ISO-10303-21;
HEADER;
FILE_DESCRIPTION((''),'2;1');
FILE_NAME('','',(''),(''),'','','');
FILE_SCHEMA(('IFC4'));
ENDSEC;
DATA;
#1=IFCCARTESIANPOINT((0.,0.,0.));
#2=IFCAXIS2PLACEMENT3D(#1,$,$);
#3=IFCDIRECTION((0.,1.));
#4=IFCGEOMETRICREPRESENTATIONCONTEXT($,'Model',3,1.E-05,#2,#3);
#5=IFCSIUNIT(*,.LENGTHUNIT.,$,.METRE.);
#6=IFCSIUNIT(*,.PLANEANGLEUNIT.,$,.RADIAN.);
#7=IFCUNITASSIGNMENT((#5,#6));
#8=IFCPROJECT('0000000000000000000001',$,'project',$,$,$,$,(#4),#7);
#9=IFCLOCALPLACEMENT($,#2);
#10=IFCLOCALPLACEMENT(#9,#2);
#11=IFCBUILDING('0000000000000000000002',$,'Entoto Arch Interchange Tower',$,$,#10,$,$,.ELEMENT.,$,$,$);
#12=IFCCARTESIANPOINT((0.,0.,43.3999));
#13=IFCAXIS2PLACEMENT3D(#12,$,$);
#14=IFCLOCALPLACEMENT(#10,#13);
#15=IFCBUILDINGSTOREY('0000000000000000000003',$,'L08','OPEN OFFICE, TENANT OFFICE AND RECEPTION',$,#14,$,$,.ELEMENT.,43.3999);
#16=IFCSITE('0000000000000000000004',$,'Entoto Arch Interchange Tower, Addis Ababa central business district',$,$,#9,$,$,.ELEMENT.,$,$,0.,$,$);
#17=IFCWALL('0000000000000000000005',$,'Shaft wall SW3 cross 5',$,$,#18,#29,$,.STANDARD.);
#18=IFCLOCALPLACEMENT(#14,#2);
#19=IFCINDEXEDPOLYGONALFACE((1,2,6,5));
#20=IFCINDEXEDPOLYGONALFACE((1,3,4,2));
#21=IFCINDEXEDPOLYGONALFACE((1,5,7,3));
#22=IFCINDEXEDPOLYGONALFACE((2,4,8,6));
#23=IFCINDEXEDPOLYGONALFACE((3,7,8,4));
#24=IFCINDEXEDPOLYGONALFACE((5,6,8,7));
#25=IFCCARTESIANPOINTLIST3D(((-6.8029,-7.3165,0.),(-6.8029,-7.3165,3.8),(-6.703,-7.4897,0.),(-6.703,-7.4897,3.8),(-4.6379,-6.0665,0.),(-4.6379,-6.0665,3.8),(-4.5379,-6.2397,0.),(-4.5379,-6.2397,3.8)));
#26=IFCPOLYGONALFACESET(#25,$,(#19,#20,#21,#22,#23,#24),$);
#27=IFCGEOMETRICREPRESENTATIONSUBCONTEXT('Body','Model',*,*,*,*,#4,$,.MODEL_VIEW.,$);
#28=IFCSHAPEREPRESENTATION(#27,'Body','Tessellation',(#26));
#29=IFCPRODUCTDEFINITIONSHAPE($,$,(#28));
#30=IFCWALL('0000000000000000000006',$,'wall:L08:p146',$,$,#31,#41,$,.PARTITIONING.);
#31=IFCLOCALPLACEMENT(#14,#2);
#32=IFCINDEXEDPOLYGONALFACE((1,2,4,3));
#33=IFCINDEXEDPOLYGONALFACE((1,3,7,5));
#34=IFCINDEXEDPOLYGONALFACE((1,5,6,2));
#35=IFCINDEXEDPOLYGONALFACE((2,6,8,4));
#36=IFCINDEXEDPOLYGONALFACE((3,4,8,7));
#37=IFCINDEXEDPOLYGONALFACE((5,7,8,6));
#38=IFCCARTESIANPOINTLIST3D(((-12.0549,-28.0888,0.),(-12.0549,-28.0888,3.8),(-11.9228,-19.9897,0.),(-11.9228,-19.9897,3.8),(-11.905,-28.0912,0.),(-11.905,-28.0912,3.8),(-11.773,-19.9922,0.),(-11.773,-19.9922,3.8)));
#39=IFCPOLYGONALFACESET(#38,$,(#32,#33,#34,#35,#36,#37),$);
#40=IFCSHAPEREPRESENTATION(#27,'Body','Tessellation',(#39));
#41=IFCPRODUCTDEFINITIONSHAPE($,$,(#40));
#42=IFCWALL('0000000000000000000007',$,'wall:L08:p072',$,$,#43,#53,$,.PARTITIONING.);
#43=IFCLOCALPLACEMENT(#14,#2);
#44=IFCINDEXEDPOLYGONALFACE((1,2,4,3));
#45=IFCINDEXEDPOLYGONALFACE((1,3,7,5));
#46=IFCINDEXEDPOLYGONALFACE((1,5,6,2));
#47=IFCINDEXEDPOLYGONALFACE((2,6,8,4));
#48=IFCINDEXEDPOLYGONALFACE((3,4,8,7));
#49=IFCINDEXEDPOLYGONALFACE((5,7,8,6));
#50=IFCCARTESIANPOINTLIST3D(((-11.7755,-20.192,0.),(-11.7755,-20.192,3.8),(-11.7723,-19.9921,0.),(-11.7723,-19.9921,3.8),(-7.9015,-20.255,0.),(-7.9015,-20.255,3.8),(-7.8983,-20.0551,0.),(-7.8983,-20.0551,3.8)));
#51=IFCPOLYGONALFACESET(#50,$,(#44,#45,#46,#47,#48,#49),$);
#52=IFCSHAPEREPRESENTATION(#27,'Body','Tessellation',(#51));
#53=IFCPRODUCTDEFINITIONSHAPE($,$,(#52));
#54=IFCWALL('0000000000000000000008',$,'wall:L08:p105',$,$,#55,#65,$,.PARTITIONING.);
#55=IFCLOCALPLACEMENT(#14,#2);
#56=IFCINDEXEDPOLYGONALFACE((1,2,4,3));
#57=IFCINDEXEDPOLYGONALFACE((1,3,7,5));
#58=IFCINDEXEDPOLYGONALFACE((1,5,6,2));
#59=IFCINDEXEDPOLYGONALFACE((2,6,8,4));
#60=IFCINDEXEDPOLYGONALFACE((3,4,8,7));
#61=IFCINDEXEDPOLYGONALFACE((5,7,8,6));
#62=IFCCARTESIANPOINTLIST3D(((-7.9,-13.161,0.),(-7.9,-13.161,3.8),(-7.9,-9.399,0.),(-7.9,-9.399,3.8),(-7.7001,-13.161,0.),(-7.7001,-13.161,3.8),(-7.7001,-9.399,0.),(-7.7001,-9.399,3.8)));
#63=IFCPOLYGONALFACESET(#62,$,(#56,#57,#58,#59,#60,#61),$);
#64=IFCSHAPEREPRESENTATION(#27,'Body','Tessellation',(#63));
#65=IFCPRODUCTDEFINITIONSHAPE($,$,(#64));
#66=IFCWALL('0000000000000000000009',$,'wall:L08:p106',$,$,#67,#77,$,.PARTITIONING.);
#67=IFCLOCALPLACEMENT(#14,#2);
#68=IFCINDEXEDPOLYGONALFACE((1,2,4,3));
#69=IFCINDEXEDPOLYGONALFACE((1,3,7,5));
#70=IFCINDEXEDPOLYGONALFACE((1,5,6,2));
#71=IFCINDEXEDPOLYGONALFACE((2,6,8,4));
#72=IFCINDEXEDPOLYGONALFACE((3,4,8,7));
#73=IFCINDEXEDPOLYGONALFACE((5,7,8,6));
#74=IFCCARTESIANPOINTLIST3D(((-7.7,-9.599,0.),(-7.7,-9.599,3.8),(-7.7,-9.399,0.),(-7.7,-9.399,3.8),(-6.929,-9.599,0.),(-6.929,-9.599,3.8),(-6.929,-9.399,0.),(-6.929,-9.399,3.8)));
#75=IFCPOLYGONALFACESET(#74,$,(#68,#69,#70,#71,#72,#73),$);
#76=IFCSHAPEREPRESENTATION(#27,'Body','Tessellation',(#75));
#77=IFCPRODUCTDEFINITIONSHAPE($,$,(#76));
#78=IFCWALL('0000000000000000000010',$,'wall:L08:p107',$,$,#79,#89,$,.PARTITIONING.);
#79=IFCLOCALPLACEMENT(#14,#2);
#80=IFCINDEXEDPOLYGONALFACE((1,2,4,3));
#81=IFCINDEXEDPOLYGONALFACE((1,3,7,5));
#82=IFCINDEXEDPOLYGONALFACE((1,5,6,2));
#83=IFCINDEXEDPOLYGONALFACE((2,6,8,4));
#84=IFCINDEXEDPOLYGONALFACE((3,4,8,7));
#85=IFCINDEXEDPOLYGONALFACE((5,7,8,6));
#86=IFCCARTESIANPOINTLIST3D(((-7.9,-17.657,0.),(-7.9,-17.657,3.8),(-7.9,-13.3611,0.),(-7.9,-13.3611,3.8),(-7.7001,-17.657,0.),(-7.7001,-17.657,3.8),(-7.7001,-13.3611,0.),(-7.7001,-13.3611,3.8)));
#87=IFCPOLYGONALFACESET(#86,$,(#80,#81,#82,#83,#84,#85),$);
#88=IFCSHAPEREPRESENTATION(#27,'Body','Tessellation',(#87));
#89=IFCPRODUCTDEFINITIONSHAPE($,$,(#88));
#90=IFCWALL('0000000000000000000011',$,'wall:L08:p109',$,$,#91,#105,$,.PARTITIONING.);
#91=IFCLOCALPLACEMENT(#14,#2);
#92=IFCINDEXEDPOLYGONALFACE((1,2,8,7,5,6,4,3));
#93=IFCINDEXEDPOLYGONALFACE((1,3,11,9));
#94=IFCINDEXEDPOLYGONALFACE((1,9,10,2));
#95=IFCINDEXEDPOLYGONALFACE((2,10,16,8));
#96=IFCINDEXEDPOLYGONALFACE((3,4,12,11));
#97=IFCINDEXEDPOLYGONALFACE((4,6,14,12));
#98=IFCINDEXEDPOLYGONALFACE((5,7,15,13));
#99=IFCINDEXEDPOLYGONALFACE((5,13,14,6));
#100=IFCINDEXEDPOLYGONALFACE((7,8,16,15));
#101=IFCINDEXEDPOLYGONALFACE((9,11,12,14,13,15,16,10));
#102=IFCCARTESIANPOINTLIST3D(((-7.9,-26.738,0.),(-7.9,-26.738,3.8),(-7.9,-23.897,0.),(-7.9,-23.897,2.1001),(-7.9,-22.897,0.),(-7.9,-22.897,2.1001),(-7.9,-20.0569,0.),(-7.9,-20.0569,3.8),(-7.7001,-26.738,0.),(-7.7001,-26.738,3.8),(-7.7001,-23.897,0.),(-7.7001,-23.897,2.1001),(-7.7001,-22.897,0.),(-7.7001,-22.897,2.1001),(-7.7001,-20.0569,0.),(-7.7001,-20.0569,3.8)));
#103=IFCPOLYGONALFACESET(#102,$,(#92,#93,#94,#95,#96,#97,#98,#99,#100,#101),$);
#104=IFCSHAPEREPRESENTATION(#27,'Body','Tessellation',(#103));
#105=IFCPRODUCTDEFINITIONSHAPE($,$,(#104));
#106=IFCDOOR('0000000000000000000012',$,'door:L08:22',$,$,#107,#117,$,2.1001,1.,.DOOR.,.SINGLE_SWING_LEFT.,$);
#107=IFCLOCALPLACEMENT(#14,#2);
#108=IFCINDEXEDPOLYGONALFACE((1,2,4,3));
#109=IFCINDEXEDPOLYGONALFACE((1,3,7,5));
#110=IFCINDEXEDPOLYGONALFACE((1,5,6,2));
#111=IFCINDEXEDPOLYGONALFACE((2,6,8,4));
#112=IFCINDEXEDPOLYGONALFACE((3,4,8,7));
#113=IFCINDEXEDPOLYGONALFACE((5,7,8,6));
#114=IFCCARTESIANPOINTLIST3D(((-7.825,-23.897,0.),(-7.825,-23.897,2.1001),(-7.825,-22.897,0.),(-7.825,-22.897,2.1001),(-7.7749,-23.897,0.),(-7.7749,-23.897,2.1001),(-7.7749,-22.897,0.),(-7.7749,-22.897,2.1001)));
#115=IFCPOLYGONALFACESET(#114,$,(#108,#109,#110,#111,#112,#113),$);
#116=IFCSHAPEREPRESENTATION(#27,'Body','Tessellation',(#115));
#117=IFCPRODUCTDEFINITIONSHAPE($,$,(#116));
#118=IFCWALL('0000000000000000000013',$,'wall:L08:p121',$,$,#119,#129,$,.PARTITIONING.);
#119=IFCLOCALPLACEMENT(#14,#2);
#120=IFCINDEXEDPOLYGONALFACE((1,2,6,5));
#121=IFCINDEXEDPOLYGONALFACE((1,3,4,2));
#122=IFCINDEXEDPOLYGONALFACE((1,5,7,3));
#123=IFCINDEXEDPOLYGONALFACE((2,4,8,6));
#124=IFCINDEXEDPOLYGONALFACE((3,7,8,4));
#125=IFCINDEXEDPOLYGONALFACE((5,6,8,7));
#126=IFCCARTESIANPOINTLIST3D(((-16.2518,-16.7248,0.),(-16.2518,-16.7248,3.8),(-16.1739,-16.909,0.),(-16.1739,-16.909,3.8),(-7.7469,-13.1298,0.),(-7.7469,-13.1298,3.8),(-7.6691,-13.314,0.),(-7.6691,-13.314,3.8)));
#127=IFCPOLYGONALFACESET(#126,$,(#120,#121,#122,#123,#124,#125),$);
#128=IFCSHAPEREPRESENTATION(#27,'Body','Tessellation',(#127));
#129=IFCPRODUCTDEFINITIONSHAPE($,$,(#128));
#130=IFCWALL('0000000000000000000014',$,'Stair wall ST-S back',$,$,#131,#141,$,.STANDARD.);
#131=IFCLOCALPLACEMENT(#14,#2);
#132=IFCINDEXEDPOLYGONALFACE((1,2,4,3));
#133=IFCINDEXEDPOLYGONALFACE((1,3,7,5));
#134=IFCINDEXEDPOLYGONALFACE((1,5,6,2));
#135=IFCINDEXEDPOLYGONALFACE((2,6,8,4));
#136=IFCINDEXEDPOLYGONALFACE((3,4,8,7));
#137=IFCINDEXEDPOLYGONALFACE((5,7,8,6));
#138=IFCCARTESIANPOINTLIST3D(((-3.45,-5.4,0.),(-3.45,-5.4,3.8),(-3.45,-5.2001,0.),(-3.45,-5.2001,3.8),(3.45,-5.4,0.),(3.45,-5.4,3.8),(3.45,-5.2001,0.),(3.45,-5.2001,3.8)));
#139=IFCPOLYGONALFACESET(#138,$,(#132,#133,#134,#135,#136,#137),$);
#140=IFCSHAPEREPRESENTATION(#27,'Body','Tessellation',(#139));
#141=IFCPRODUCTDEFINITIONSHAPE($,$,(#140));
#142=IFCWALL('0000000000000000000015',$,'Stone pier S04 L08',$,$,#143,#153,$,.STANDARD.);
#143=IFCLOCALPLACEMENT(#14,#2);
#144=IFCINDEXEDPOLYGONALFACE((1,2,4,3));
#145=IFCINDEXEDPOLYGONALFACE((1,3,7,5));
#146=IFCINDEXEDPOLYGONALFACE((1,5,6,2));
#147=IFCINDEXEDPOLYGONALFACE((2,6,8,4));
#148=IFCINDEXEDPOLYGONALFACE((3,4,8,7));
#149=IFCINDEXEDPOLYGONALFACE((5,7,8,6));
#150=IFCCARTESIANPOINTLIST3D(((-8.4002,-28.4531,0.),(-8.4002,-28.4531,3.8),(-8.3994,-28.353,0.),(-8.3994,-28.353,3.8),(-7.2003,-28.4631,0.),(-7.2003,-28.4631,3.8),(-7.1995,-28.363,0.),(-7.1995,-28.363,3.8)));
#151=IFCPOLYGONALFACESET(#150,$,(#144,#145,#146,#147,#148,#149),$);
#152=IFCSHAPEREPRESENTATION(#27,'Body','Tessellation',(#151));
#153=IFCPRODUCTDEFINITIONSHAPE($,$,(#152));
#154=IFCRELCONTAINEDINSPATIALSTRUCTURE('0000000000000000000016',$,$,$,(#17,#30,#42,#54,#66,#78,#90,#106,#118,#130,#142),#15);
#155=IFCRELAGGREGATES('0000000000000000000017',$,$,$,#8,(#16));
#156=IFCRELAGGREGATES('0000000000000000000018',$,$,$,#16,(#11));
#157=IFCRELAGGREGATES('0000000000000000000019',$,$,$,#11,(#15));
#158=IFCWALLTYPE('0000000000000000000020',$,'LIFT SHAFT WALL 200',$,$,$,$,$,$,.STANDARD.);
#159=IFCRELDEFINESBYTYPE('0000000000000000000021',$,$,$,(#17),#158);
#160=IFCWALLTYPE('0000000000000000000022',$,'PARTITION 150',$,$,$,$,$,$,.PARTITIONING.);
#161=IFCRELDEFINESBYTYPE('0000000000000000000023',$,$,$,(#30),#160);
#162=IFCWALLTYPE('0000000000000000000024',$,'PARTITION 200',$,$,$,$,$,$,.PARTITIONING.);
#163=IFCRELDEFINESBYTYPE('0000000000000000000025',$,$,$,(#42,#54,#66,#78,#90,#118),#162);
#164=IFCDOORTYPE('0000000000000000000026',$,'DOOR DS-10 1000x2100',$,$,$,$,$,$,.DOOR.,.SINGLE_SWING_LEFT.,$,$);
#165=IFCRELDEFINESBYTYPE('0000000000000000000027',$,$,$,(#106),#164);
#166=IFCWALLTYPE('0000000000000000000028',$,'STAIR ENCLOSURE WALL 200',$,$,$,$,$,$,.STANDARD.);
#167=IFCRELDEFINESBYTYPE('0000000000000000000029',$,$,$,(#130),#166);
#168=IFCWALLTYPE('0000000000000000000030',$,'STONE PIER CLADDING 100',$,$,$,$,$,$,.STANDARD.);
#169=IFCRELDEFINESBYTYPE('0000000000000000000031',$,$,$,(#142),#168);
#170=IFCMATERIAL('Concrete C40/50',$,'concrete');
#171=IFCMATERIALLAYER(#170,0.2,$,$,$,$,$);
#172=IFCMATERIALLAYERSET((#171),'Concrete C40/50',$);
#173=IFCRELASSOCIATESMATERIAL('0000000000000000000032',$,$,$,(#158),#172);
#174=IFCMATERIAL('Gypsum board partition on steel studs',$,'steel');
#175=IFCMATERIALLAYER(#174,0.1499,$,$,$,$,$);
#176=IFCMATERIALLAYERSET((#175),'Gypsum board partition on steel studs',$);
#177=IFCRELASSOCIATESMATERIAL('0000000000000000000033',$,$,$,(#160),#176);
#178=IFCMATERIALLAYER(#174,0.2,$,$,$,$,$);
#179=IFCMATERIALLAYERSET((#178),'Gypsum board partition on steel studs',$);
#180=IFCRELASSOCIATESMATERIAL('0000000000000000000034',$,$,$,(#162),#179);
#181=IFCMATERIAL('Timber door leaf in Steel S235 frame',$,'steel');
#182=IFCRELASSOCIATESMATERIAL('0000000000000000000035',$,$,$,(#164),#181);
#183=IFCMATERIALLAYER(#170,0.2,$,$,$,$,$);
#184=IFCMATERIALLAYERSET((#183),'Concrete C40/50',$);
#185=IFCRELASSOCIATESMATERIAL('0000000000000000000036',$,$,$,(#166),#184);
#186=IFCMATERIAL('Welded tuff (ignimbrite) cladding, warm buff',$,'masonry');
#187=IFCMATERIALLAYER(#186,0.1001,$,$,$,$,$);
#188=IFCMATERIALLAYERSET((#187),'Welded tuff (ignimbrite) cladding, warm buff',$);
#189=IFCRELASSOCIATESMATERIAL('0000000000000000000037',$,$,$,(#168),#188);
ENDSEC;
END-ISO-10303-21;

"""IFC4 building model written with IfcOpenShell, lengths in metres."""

from ifc_helpers import new_model, si_unit, direction, frame, frame_2d, origin, place, context, subcontext, project, spatial, rectangle, extrude, material, layer, layer_set, type_object, element, fill, save


model = new_model("IFC4")

# Units and contexts
model_context = context("Model", 3, precision=1e-05, world=origin(), true_north=direction((0.0, 1.0)))
body_context = subcontext(model_context, "Body", "Model", "MODEL_VIEW")
ifc_project = project(units=[si_unit("LENGTHUNIT", "METRE"), si_unit("PLANEANGLEUNIT", "RADIAN")], contexts=[model_context])

# Site, building, storey
site_placement = place(None, origin())
site = spatial("IfcSite", under=ifc_project, at=site_placement, Name="Entoto Arch Interchange Tower, Addis Ababa central business district", CompositionType="ELEMENT", RefElevation=0.0)
building_placement = place(site_placement, origin())
building = spatial("IfcBuilding", under=site, at=building_placement, Name="Entoto Arch Interchange Tower", CompositionType="ELEMENT")
storey_placement = place(building_placement, frame((0.0, 0.0, 43.3999)))
storey = spatial("IfcBuildingStorey", under=building, at=storey_placement, Name="L08", Description="OPEN OFFICE, TENANT OFFICE AND RECEPTION", CompositionType="ELEMENT", Elevation=43.3999)

# Walls
ifc_material_1 = material(Name="Concrete C40/50", Category="concrete")
ifc_layer_1 = layer(ifc_material_1, 0.2)
ifc_layer_set_1 = layer_set([ifc_layer_1], Name="Concrete C40/50")
wall_type_1 = type_object("IfcWallType", Name="LIFT SHAFT WALL 200", PredefinedType="STANDARD", material=ifc_layer_set_1)
wall_1_placement = place(storey_placement, frame((-4.5879, -6.1531, 0.0), z_axis=(0.0, 0.0, 1.0), x_axis=(-0.866023, -0.500004, 0.0)))
element("IfcWall", 1, at=wall_1_placement, inside=storey, type_object=wall_type_1, Name="Shaft wall SW3 cross 5", PredefinedType="STANDARD", context=body_context, shape_type="SweptSolid", body=[
    extrude(rectangle(XDim=2.5, YDim=0.2, at=frame_2d((1.25, 0.0))), origin(), (0.0, 0.0, 1.0), 3.8),
])
ifc_material_2 = material(Name="Gypsum board partition on steel studs", Category="steel")
ifc_layer_2 = layer(ifc_material_2, 0.1499)
ifc_layer_set_2 = layer_set([ifc_layer_2], Name="Gypsum board partition on steel studs")
wall_type_2 = type_object("IfcWallType", Name="PARTITION 150", PredefinedType="PARTITIONING", material=ifc_layer_set_2)
wall_2_placement = place(storey_placement, frame((-11.8479, -19.991, 0.0), z_axis=(0.0, 0.0, 1.0), x_axis=(-0.016306, -0.999867, 0.0)))
element("IfcWall", 2, at=wall_2_placement, inside=storey, type_object=wall_type_2, Name="wall:L08:p146", PredefinedType="PARTITIONING", context=body_context, shape_type="SweptSolid", body=[
    extrude(rectangle(XDim=8.1001, YDim=0.1499, at=frame_2d((4.05, 0.0))), origin(), (0.0, 0.0, 1.0), 3.8),
])
ifc_layer_3 = layer(ifc_material_2, 0.2)
ifc_layer_set_3 = layer_set([ifc_layer_3], Name="Gypsum board partition on steel studs")
wall_type_3 = type_object("IfcWallType", Name="PARTITION 200", PredefinedType="PARTITIONING", material=ifc_layer_set_3)
wall_3_placement = place(storey_placement, frame((-7.8999, -20.155, 0.0), z_axis=(0.0, 0.0, 1.0), x_axis=(-0.999868, 0.016257, 0.0)))
element("IfcWall", 3, at=wall_3_placement, inside=storey, type_object=wall_type_3, Name="wall:L08:p072", PredefinedType="PARTITIONING", context=body_context, shape_type="SweptSolid", body=[
    extrude(rectangle(XDim=3.8745, YDim=0.2, at=frame_2d((1.9373, 0.0))), origin(), (0.0, 0.0, 1.0), 3.8),
])
wall_4_placement = place(storey_placement, frame((-7.8, -13.1609, 0.0), z_axis=(0.0, 0.0, 1.0), x_axis=(0.0, 1.0, 0.0)))
element("IfcWall", 4, at=wall_4_placement, inside=storey, type_object=wall_type_3, Name="wall:L08:p105", PredefinedType="PARTITIONING", context=body_context, shape_type="SweptSolid", body=[
    extrude(rectangle(XDim=3.762, YDim=0.2, at=frame_2d((1.8809, 0.0))), origin(), (0.0, 0.0, 1.0), 3.8),
])
wall_5_placement = place(storey_placement, frame((-7.7, -9.499, 0.0), z_axis=(0.0, 0.0, 1.0), x_axis=(1.0, 0.0, 0.0)))
element("IfcWall", 5, at=wall_5_placement, inside=storey, type_object=wall_type_3, Name="wall:L08:p106", PredefinedType="PARTITIONING", context=body_context, shape_type="SweptSolid", body=[
    extrude(rectangle(XDim=0.771, YDim=0.2, at=frame_2d((0.3855, 0.0))), origin(), (0.0, 0.0, 1.0), 3.8),
])
wall_6_placement = place(storey_placement, frame((-7.8, -17.657, 0.0), z_axis=(0.0, 0.0, 1.0), x_axis=(0.0, 1.0, 0.0)))
element("IfcWall", 6, at=wall_6_placement, inside=storey, type_object=wall_type_3, Name="wall:L08:p107", PredefinedType="PARTITIONING", context=body_context, shape_type="SweptSolid", body=[
    extrude(rectangle(XDim=4.2959, YDim=0.2, at=frame_2d((2.1479, 0.0))), origin(), (0.0, 0.0, 1.0), 3.8),
])

# Wall, opening, door
wall_7_placement = place(storey_placement, frame((-7.8, -26.738, 0.0), z_axis=(0.0, 0.0, 1.0), x_axis=(0.0, 1.0, 0.0)))
wall_7 = element("IfcWall", 7, at=wall_7_placement, inside=storey, type_object=wall_type_3, Name="wall:L08:p109", PredefinedType="PARTITIONING", context=body_context, shape_type="SweptSolid", body=[
    extrude(rectangle(XDim=6.6812, YDim=0.2, at=frame_2d((3.3406, 0.0))), origin(), (0.0, 0.0, 1.0), 3.8),
])
opening_placement = place(wall_7_placement, frame((2.8411, 0.0, 0.0)))
opening = element("IfcOpeningElement", 8, at=opening_placement, cuts=wall_7, PredefinedType="OPENING", context=body_context, shape_type="SweptSolid", body=[
    extrude(rectangle(XDim=1.0, YDim=2.1001, at=frame_2d((0.5, 1.05))), frame((0.0, 0.1099, 0.0), z_axis=(0.0, -1.0, 0.0), x_axis=(1.0, 0.0, 0.0)), (0.0, 0.0, 1.0), 0.22),
])
ifc_material_3 = material(Name="Timber door leaf in Steel S235 frame", Category="steel")
door_type = type_object("IfcDoorType", Name="DOOR DS-10 1000x2100", OperationType="SINGLE_SWING_LEFT", PredefinedType="DOOR", material=ifc_material_3)
door_placement = place(opening_placement, origin())
door = element("IfcDoor", 9, at=door_placement, inside=storey, type_object=door_type, Name="door:L08:22", OperationType="SINGLE_SWING_LEFT", OverallHeight=2.1001, OverallWidth=1.0, PredefinedType="DOOR", context=body_context, shape_type="SweptSolid", body=[
    extrude(rectangle(XDim=1.0, YDim=2.1001, at=frame_2d((0.5, 1.05))), frame((0.0, 0.0249, 0.0), z_axis=(0.0, -1.0, 0.0), x_axis=(1.0, 0.0, 0.0)), (0.0, 0.0, 1.0), 0.05),
])
fill(opening, door)

# Walls
wall_8_placement = place(storey_placement, frame((-7.708, -13.2219, 0.0), z_axis=(0.0, 0.0, 1.0), x_axis=(-0.921093, -0.389342, 0.0)))
element("IfcWall", 10, at=wall_8_placement, inside=storey, type_object=wall_type_3, Name="wall:L08:p121", PredefinedType="PARTITIONING", context=body_context, shape_type="SweptSolid", body=[
    extrude(rectangle(XDim=9.2334, YDim=0.2, at=frame_2d((4.6167, 0.0))), origin(), (0.0, 0.0, 1.0), 3.8),
])
ifc_layer_4 = layer(ifc_material_1, 0.2)
ifc_layer_set_4 = layer_set([ifc_layer_4], Name="Concrete C40/50")
wall_type_4 = type_object("IfcWallType", Name="STAIR ENCLOSURE WALL 200", PredefinedType="STANDARD", material=ifc_layer_set_4)
wall_9_placement = place(storey_placement, frame((-3.45, -5.3, 0.0), z_axis=(0.0, 0.0, 1.0), x_axis=(1.0, 0.0, 0.0)))
element("IfcWall", 11, at=wall_9_placement, inside=storey, type_object=wall_type_4, Name="Stair wall ST-S back", PredefinedType="STANDARD", context=body_context, shape_type="SweptSolid", body=[
    extrude(rectangle(XDim=6.8999, YDim=0.2, at=frame_2d((3.45, 0.0))), origin(), (0.0, 0.0, 1.0), 3.8),
])
ifc_material_4 = material(Name="Welded tuff (ignimbrite) cladding, warm buff", Category="masonry")
ifc_layer_5 = layer(ifc_material_4, 0.1001)
ifc_layer_set_5 = layer_set([ifc_layer_5], Name="Welded tuff (ignimbrite) cladding, warm buff")
wall_type_5 = type_object("IfcWallType", Name="STONE PIER CLADDING 100", PredefinedType="STANDARD", material=ifc_layer_set_5)
wall_10_placement = place(storey_placement, frame((-8.3999, -28.4031, 0.0), z_axis=(0.0, 0.0, 1.0), x_axis=(0.999965, -0.008342, 0.0)))
element("IfcWall", 12, at=wall_10_placement, inside=storey, type_object=wall_type_5, Name="Stone pier S04 L08", PredefinedType="STANDARD", context=body_context, shape_type="SweptSolid", body=[
    extrude(rectangle(XDim=1.2, YDim=0.1001, at=frame_2d((0.6001, 0.0))), origin(), (0.0, 0.0, 1.0), 3.8),
])

save(model, "model.ifc")
